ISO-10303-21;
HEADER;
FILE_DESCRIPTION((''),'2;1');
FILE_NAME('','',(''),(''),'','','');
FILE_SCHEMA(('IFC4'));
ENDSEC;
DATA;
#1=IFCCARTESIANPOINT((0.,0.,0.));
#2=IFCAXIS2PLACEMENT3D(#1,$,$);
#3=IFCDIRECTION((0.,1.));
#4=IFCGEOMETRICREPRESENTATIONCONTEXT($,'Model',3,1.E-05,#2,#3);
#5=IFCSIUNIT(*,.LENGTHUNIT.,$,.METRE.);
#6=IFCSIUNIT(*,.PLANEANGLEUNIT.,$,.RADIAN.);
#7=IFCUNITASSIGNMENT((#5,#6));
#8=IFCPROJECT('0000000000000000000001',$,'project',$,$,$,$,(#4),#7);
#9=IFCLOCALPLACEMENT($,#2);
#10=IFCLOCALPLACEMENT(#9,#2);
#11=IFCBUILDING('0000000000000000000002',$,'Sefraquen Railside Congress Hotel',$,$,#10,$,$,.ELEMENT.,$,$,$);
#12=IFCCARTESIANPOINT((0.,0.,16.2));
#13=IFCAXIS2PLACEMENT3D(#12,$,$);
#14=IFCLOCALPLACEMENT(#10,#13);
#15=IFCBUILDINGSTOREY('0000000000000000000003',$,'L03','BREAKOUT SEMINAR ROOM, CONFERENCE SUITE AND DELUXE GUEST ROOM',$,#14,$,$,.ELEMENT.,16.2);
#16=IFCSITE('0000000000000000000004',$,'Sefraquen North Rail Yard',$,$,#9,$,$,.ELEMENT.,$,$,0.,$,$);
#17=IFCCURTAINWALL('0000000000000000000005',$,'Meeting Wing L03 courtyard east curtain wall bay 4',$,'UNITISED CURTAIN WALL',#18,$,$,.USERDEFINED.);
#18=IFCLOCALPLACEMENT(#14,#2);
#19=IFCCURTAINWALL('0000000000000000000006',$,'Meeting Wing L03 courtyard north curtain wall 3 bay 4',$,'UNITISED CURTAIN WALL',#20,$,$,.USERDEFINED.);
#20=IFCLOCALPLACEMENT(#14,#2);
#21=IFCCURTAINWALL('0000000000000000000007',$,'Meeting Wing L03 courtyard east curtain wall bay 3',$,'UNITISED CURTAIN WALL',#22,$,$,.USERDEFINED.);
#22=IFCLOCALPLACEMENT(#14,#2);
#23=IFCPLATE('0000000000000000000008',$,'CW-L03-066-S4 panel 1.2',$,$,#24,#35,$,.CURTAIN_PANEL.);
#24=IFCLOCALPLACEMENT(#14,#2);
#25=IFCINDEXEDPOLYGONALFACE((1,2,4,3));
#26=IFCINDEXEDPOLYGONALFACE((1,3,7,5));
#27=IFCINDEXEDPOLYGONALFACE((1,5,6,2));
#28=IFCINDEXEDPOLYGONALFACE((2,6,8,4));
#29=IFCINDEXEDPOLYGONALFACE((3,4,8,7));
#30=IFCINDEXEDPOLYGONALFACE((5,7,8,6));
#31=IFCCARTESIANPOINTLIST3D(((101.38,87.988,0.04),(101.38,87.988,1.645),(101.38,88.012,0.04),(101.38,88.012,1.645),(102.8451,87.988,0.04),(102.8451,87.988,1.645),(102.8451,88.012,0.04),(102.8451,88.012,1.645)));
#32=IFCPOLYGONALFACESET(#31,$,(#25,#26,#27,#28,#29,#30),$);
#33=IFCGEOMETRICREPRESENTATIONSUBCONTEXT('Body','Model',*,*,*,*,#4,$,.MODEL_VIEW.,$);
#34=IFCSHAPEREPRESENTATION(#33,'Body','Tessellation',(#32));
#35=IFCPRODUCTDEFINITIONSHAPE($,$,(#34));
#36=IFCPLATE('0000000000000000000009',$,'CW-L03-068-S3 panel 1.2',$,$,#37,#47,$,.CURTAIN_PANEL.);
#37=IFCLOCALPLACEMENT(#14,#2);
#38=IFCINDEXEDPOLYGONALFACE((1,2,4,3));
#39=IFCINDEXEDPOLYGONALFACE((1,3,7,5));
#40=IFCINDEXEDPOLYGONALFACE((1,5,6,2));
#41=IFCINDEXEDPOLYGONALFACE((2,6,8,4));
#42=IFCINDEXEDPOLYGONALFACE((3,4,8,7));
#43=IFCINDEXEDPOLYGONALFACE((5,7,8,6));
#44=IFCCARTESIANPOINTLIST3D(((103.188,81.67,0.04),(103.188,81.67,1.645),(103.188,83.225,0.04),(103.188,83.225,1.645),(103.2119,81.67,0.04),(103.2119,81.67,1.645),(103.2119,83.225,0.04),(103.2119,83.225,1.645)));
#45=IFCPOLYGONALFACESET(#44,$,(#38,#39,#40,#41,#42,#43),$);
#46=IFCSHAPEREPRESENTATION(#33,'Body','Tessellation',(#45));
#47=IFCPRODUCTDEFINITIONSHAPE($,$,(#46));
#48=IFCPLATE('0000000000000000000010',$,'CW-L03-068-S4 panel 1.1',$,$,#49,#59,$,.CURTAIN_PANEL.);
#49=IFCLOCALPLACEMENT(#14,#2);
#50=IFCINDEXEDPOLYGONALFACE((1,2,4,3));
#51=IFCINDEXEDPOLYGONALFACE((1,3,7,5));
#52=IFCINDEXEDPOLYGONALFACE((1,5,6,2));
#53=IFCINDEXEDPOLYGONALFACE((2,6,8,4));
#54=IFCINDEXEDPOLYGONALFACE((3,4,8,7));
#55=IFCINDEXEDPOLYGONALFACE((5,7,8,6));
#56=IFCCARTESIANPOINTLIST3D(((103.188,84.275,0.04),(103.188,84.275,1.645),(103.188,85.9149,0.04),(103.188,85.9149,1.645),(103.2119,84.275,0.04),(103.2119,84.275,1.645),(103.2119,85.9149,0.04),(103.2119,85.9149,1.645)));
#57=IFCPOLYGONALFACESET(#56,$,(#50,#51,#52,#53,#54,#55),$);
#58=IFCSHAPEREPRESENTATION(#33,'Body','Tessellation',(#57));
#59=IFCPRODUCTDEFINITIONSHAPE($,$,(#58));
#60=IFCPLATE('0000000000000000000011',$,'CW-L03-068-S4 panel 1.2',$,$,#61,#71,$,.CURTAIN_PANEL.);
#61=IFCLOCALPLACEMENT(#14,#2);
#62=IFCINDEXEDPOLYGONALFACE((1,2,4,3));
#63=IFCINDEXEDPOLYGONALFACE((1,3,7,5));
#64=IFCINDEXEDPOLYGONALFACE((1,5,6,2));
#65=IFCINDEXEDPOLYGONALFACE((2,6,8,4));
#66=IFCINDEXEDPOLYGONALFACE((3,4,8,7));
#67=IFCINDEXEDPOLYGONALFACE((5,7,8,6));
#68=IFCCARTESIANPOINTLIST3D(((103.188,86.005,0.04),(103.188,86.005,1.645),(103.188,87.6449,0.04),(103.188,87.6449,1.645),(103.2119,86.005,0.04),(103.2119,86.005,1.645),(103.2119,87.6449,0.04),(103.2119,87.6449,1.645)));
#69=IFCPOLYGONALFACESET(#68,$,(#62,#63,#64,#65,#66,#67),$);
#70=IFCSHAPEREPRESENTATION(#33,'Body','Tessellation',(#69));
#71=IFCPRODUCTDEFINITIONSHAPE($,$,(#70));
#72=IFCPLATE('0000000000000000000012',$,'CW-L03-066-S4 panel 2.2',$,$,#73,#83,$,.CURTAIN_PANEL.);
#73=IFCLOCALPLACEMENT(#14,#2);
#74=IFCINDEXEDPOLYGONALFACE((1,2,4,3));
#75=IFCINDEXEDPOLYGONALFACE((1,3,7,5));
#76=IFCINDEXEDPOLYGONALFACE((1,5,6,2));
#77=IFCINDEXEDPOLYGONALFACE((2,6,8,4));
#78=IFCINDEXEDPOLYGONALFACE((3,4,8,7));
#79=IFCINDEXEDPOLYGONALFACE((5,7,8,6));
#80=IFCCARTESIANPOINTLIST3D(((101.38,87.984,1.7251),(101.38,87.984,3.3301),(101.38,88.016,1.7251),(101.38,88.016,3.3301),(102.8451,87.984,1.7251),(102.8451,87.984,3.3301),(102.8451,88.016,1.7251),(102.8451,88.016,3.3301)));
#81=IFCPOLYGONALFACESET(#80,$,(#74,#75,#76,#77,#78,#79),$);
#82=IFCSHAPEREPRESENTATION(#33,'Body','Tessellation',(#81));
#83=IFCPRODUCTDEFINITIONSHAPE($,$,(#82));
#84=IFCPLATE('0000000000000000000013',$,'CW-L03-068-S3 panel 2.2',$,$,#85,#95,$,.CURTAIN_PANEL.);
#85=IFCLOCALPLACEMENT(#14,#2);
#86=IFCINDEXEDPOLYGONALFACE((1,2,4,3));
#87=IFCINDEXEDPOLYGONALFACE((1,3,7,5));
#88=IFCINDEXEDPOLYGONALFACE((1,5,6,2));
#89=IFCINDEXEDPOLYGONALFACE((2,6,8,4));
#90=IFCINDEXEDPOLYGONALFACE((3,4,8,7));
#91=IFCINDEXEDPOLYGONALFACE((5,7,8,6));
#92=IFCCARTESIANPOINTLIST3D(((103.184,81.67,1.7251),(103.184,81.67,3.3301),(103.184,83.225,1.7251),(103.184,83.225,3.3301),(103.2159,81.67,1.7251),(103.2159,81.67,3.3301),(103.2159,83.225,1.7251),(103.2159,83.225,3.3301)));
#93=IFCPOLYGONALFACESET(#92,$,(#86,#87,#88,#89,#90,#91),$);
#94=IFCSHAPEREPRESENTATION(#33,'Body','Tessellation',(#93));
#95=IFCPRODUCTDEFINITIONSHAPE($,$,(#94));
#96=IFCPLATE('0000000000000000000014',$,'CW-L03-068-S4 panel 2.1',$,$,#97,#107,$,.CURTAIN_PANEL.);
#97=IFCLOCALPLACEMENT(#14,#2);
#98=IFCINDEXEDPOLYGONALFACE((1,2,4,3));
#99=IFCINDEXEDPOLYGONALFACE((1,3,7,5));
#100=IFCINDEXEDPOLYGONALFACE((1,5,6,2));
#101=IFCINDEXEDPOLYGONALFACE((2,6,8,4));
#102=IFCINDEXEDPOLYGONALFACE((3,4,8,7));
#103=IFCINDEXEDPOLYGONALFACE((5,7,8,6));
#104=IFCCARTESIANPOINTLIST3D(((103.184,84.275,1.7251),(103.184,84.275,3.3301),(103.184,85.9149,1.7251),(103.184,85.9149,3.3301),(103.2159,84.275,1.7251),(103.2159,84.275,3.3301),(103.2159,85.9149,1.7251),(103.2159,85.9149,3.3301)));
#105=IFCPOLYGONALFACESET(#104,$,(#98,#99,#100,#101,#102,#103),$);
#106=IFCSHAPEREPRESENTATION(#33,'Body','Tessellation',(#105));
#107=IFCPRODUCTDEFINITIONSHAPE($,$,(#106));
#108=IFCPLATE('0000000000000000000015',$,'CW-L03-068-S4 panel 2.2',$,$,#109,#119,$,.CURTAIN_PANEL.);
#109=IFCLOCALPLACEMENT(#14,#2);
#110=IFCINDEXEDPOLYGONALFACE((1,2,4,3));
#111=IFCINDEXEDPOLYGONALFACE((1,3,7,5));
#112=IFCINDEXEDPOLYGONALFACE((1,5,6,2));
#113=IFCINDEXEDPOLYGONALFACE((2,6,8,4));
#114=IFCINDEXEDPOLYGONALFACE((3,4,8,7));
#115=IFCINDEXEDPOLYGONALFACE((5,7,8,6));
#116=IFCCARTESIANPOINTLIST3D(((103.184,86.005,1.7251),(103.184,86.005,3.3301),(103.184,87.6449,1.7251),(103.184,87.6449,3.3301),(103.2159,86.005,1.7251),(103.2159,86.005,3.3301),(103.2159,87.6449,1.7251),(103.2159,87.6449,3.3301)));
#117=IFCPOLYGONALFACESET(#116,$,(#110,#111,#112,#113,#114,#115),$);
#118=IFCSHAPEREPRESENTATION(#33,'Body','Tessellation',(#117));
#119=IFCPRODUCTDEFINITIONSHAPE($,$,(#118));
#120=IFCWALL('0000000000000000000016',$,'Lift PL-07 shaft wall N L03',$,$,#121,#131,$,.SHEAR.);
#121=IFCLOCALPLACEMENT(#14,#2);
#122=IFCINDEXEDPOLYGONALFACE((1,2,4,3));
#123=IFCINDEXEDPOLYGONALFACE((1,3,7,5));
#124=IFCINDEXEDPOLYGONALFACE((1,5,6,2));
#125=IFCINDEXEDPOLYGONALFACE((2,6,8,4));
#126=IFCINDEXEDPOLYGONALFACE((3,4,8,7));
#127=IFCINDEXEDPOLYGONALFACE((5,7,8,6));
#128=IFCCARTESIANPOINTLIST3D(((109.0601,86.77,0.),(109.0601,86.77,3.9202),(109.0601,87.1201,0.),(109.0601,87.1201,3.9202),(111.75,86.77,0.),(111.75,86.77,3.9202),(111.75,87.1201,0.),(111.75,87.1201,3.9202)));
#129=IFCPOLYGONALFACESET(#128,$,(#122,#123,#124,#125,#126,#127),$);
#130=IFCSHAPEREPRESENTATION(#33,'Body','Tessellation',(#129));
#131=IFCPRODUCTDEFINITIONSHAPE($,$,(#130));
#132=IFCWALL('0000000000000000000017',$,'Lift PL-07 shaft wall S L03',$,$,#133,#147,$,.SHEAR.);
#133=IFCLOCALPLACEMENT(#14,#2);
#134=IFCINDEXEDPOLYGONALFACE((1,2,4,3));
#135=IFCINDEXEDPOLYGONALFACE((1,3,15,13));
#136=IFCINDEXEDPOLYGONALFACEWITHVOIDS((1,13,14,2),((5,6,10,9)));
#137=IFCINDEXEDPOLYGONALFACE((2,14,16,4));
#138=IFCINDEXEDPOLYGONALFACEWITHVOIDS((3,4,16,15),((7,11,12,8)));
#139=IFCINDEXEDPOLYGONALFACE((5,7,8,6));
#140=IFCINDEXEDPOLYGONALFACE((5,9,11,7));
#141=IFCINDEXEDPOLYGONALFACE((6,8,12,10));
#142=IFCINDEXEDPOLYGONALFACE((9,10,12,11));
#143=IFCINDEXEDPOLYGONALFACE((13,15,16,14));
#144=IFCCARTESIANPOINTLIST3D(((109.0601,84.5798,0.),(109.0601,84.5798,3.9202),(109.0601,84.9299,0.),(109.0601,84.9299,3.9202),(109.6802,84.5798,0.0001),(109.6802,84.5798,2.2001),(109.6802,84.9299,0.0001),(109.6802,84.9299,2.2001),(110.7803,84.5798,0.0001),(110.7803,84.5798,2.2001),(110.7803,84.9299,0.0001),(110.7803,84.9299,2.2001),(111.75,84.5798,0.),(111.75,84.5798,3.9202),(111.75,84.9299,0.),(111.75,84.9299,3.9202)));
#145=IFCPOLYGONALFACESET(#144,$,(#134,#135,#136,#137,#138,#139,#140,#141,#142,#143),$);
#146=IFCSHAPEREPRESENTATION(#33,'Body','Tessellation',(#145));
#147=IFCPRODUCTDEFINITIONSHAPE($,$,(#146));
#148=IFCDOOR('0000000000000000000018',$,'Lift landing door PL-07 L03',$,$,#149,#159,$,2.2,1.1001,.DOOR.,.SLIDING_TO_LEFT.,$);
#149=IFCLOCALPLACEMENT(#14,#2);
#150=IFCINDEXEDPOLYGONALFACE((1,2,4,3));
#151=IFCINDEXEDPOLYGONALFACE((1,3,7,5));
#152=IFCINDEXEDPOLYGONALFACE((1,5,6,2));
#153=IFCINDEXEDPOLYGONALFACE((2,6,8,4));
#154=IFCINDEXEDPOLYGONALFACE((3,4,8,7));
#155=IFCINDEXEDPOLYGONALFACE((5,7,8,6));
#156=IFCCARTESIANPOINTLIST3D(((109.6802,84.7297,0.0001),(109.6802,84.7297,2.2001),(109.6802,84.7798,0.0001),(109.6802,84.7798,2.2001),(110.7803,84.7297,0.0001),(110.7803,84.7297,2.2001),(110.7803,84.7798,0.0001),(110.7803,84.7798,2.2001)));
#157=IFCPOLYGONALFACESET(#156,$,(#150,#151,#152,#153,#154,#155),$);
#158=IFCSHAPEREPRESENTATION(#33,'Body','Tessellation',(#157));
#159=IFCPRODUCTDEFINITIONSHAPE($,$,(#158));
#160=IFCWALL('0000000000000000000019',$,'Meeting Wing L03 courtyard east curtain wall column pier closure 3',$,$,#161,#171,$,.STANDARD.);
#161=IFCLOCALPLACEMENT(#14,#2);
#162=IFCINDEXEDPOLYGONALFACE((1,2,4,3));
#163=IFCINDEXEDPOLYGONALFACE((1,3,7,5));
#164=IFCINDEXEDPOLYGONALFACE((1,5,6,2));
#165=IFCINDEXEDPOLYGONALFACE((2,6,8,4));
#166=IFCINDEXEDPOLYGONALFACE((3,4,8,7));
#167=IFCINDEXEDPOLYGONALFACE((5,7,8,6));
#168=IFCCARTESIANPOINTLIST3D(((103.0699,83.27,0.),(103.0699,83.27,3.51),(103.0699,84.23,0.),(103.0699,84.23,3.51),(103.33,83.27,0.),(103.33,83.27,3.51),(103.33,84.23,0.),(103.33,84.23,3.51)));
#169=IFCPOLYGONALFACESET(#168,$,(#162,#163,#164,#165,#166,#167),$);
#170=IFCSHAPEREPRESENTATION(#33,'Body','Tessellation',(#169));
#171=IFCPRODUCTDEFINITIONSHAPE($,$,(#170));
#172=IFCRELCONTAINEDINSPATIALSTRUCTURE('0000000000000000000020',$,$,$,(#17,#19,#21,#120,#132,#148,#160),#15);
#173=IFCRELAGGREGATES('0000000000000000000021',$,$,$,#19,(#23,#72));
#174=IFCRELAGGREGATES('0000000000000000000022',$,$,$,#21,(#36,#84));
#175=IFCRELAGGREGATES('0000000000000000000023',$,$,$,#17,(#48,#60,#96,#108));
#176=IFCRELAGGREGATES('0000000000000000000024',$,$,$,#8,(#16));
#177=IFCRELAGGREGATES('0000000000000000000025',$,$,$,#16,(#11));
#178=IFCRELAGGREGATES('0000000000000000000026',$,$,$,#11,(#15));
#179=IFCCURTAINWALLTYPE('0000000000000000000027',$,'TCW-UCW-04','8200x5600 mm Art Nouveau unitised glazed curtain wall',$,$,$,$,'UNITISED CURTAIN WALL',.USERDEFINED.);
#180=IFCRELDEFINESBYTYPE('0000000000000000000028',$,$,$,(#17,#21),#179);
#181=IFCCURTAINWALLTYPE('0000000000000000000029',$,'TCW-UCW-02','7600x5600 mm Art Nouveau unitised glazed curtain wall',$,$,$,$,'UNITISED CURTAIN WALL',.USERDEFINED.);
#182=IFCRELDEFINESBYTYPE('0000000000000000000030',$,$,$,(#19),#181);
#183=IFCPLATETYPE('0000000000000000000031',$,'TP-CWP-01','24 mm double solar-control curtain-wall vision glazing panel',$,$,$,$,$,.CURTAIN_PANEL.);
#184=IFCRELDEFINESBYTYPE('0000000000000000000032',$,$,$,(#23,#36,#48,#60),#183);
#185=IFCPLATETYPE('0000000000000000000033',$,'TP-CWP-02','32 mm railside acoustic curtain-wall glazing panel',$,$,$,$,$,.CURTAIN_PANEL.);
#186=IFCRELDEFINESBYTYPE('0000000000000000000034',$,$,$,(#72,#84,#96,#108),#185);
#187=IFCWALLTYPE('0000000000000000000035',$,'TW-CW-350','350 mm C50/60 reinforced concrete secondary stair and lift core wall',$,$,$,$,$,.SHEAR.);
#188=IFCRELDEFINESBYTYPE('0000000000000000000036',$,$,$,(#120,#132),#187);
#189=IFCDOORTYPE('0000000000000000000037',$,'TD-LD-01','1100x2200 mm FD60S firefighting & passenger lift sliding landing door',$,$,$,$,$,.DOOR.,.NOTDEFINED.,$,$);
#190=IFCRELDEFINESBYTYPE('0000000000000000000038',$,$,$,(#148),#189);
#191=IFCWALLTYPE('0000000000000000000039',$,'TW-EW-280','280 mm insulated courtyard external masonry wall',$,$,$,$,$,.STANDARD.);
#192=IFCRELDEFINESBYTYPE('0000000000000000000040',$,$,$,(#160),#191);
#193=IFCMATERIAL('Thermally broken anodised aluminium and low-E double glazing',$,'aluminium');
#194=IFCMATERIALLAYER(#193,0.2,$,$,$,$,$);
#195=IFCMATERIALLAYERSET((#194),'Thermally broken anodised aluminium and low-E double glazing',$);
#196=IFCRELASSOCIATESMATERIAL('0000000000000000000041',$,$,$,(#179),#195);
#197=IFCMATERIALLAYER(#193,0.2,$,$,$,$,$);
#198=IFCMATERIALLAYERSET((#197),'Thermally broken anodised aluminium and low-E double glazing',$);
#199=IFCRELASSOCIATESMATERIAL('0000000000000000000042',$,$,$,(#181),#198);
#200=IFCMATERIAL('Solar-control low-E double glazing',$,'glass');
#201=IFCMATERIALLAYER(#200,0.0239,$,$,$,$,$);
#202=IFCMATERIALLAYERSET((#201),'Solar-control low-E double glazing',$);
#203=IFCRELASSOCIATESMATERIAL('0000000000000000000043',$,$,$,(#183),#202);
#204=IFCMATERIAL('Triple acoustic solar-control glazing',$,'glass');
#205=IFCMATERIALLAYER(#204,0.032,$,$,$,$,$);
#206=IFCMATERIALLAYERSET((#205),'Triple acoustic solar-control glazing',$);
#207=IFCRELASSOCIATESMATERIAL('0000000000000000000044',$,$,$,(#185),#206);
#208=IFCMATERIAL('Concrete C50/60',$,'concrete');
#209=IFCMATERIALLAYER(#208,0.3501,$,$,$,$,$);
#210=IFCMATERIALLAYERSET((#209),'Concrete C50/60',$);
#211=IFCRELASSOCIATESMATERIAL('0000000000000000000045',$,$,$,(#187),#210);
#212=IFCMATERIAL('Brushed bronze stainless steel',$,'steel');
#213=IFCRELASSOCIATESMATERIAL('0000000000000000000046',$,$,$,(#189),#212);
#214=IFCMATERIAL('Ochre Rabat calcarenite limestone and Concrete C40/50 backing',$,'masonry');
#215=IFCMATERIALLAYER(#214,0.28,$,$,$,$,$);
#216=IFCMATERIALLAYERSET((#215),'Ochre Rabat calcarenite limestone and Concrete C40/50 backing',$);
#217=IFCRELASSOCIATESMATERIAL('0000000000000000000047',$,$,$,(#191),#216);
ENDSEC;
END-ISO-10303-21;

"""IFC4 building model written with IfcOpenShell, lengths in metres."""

from ifc_helpers import new_model, si_unit, direction, frame, frame_2d, origin, origin_2d, place, context, subcontext, project, spatial, rectangle, extrude, material, layer, layer_set, type_object, element, fill, aggregate, save


model = new_model("IFC4")

# Units and contexts
model_context = context("Model", 3, precision=1e-05, world=origin(), true_north=direction((0.0, 1.0)))
body_context = subcontext(model_context, "Body", "Model", "MODEL_VIEW")
ifc_project = project(units=[si_unit("LENGTHUNIT", "METRE"), si_unit("PLANEANGLEUNIT", "RADIAN")], contexts=[model_context])

# Site, building, storey
site_placement = place(None, origin())
site = spatial("IfcSite", under=ifc_project, at=site_placement, Name="Sefraquen North Rail Yard", CompositionType="ELEMENT", RefElevation=0.0)
building_placement = place(site_placement, origin())
building = spatial("IfcBuilding", under=site, at=building_placement, Name="Sefraquen Railside Congress Hotel", CompositionType="ELEMENT")
storey_placement = place(building_placement, frame((0.0, 0.0, 16.2)))
storey = spatial("IfcBuildingStorey", under=building, at=storey_placement, Name="L03", Description="BREAKOUT SEMINAR ROOM, CONFERENCE SUITE AND DELUXE GUEST ROOM", CompositionType="ELEMENT", Elevation=16.2)

# Shared definitions
ifc_material_1 = material(Name="Concrete C50/60", Category="concrete")

# Curtain walls
ifc_material_2 = material(Name="Thermally broken anodised aluminium and low-E double glazing", Category="aluminium")
ifc_layer_1 = layer(ifc_material_2, 0.2)
ifc_layer_set_1 = layer_set([ifc_layer_1], Name="Thermally broken anodised aluminium and low-E double glazing")
curtain_wall_type_1 = type_object("IfcCurtainWallType", Name="TCW-UCW-04", Description="8200x5600 mm Art Nouveau unitised glazed curtain wall", ElementType="UNITISED CURTAIN WALL", PredefinedType="USERDEFINED", material=ifc_layer_set_1)
curtain_wall_1_placement = place(storey_placement, origin())
curtain_wall_1 = element("IfcCurtainWall", 1, at=curtain_wall_1_placement, inside=storey, type_object=curtain_wall_type_1, Name="Meeting Wing L03 courtyard east curtain wall bay 4", ObjectType="UNITISED CURTAIN WALL", PredefinedType="USERDEFINED")
ifc_layer_2 = layer(ifc_material_2, 0.2)
ifc_layer_set_2 = layer_set([ifc_layer_2], Name="Thermally broken anodised aluminium and low-E double glazing")
curtain_wall_type_2 = type_object("IfcCurtainWallType", Name="TCW-UCW-02", Description="7600x5600 mm Art Nouveau unitised glazed curtain wall", ElementType="UNITISED CURTAIN WALL", PredefinedType="USERDEFINED", material=ifc_layer_set_2)
curtain_wall_2_placement = place(storey_placement, origin())
curtain_wall_2 = element("IfcCurtainWall", 2, at=curtain_wall_2_placement, inside=storey, type_object=curtain_wall_type_2, Name="Meeting Wing L03 courtyard north curtain wall 3 bay 4", ObjectType="UNITISED CURTAIN WALL", PredefinedType="USERDEFINED")
curtain_wall_3_placement = place(storey_placement, origin())
curtain_wall_3 = element("IfcCurtainWall", 3, at=curtain_wall_3_placement, inside=storey, type_object=curtain_wall_type_1, Name="Meeting Wing L03 courtyard east curtain wall bay 3", ObjectType="UNITISED CURTAIN WALL", PredefinedType="USERDEFINED")

# Plates
ifc_material_3 = material(Name="Solar-control low-E double glazing", Category="glass")
ifc_layer_3 = layer(ifc_material_3, 0.0239)
ifc_layer_set_3 = layer_set([ifc_layer_3], Name="Solar-control low-E double glazing")
plate_type_1 = type_object("IfcPlateType", Name="TP-CWP-01", Description="24 mm double solar-control curtain-wall vision glazing panel", PredefinedType="CURTAIN_PANEL", material=ifc_layer_set_3)
plate_1_placement = place(storey_placement, frame((102.1125, 88.0, 0.04), z_axis=(0.0, 0.0, 1.0), x_axis=(1.0, 0.0, 0.0)))
plate_1 = element("IfcPlate", 4, at=plate_1_placement, type_object=plate_type_1, Name="CW-L03-066-S4 panel 1.2", PredefinedType="CURTAIN_PANEL", context=body_context, shape_type="SweptSolid", body=[
    extrude(rectangle(XDim=1.4651, YDim=0.0239, at=origin_2d()), origin(), (0.0, 0.0, 1.0), 1.605),
])
plate_2_placement = place(storey_placement, frame((103.2, 82.4475, 0.04), z_axis=(0.0, 0.0, 1.0), x_axis=(0.0, 1.0, 0.0)))
plate_2 = element("IfcPlate", 5, at=plate_2_placement, type_object=plate_type_1, Name="CW-L03-068-S3 panel 1.2", PredefinedType="CURTAIN_PANEL", context=body_context, shape_type="SweptSolid", body=[
    extrude(rectangle(XDim=1.5549, YDim=0.0239, at=origin_2d()), origin(), (0.0, 0.0, 1.0), 1.605),
])
plate_3_placement = place(storey_placement, frame((103.2, 85.095, 0.04), z_axis=(0.0, 0.0, 1.0), x_axis=(0.0, 1.0, 0.0)))
plate_3 = element("IfcPlate", 6, at=plate_3_placement, type_object=plate_type_1, Name="CW-L03-068-S4 panel 1.1", PredefinedType="CURTAIN_PANEL", context=body_context, shape_type="SweptSolid", body=[
    extrude(rectangle(XDim=1.6399, YDim=0.0239, at=origin_2d()), origin(), (0.0, 0.0, 1.0), 1.605),
])
plate_4_placement = place(storey_placement, frame((103.2, 86.825, 0.04), z_axis=(0.0, 0.0, 1.0), x_axis=(0.0, 1.0, 0.0)))
plate_4 = element("IfcPlate", 7, at=plate_4_placement, type_object=plate_type_1, Name="CW-L03-068-S4 panel 1.2", PredefinedType="CURTAIN_PANEL", context=body_context, shape_type="SweptSolid", body=[
    extrude(rectangle(XDim=1.6399, YDim=0.0239, at=origin_2d()), origin(), (0.0, 0.0, 1.0), 1.605),
])
ifc_material_4 = material(Name="Triple acoustic solar-control glazing", Category="glass")
ifc_layer_4 = layer(ifc_material_4, 0.032)
ifc_layer_set_4 = layer_set([ifc_layer_4], Name="Triple acoustic solar-control glazing")
plate_type_2 = type_object("IfcPlateType", Name="TP-CWP-02", Description="32 mm railside acoustic curtain-wall glazing panel", PredefinedType="CURTAIN_PANEL", material=ifc_layer_set_4)
plate_5_placement = place(storey_placement, frame((102.1125, 88.0, 1.7251), z_axis=(0.0, 0.0, 1.0), x_axis=(1.0, 0.0, 0.0)))
plate_5 = element("IfcPlate", 8, at=plate_5_placement, type_object=plate_type_2, Name="CW-L03-066-S4 panel 2.2", PredefinedType="CURTAIN_PANEL", context=body_context, shape_type="SweptSolid", body=[
    extrude(rectangle(XDim=1.4651, YDim=0.032, at=origin_2d()), origin(), (0.0, 0.0, 1.0), 1.605),
])
aggregate(curtain_wall_2, [plate_1, plate_5])
plate_6_placement = place(storey_placement, frame((103.2, 82.4475, 1.7251), z_axis=(0.0, 0.0, 1.0), x_axis=(0.0, 1.0, 0.0)))
plate_6 = element("IfcPlate", 9, at=plate_6_placement, type_object=plate_type_2, Name="CW-L03-068-S3 panel 2.2", PredefinedType="CURTAIN_PANEL", context=body_context, shape_type="SweptSolid", body=[
    extrude(rectangle(XDim=1.5549, YDim=0.032, at=origin_2d()), origin(), (0.0, 0.0, 1.0), 1.605),
])
aggregate(curtain_wall_3, [plate_2, plate_6])
plate_7_placement = place(storey_placement, frame((103.2, 85.095, 1.7251), z_axis=(0.0, 0.0, 1.0), x_axis=(0.0, 1.0, 0.0)))
plate_7 = element("IfcPlate", 10, at=plate_7_placement, type_object=plate_type_2, Name="CW-L03-068-S4 panel 2.1", PredefinedType="CURTAIN_PANEL", context=body_context, shape_type="SweptSolid", body=[
    extrude(rectangle(XDim=1.6399, YDim=0.032, at=origin_2d()), origin(), (0.0, 0.0, 1.0), 1.605),
])
plate_8_placement = place(storey_placement, frame((103.2, 86.825, 1.7251), z_axis=(0.0, 0.0, 1.0), x_axis=(0.0, 1.0, 0.0)))
plate_8 = element("IfcPlate", 11, at=plate_8_placement, type_object=plate_type_2, Name="CW-L03-068-S4 panel 2.2", PredefinedType="CURTAIN_PANEL", context=body_context, shape_type="SweptSolid", body=[
    extrude(rectangle(XDim=1.6399, YDim=0.032, at=origin_2d()), origin(), (0.0, 0.0, 1.0), 1.605),
])
aggregate(curtain_wall_1, [plate_3, plate_4, plate_7, plate_8])

# Wall
ifc_layer_5 = layer(ifc_material_1, 0.3501)
ifc_layer_set_5 = layer_set([ifc_layer_5], Name="Concrete C50/60")
wall_type_1 = type_object("IfcWallType", Name="TW-CW-350", Description="350 mm C50/60 reinforced concrete secondary stair and lift core wall", PredefinedType="SHEAR", material=ifc_layer_set_5)
wall_1_placement = place(storey_placement, frame((109.0601, 86.9451, 0.0), z_axis=(0.0, 0.0, 1.0), x_axis=(1.0, 0.0, 0.0)))
element("IfcWall", 12, at=wall_1_placement, inside=storey, type_object=wall_type_1, Name="Lift PL-07 shaft wall N L03", PredefinedType="SHEAR", context=body_context, shape_type="SweptSolid", body=[
    extrude(rectangle(XDim=2.6899, YDim=0.3501, at=frame_2d((1.345, 0.0))), origin(), (0.0, 0.0, 1.0), 3.9202),
])

# Wall, opening, door
wall_2_placement = place(storey_placement, frame((109.0601, 84.7549, 0.0), z_axis=(0.0, 0.0, 1.0), x_axis=(1.0, 0.0, 0.0)))
wall_2 = element("IfcWall", 13, at=wall_2_placement, inside=storey, type_object=wall_type_1, Name="Lift PL-07 shaft wall S L03", PredefinedType="SHEAR", context=body_context, shape_type="SweptSolid", body=[
    extrude(rectangle(XDim=2.6899, YDim=0.3501, at=frame_2d((1.345, 0.0))), origin(), (0.0, 0.0, 1.0), 3.9202),
])
opening_placement = place(wall_2_placement, frame((0.6201, 0.0, 0.0)))
opening = element("IfcOpeningElement", 14, at=opening_placement, cuts=wall_2, PredefinedType="OPENING", context=body_context, shape_type="SweptSolid", body=[
    extrude(rectangle(XDim=1.1001, YDim=2.2, at=frame_2d((0.55, 1.1001))), frame((0.0, 0.1851, 0.0), z_axis=(0.0, -1.0, 0.0), x_axis=(1.0, 0.0, 0.0)), (0.0, 0.0, 1.0), 0.3701),
])
ifc_material_5 = material(Name="Brushed bronze stainless steel", Category="steel")
door_type = type_object("IfcDoorType", Name="TD-LD-01", Description="1100x2200 mm FD60S firefighting & passenger lift sliding landing door", OperationType="NOTDEFINED", PredefinedType="DOOR", material=ifc_material_5)
door_placement = place(opening_placement, origin())
door = element("IfcDoor", 15, at=door_placement, inside=storey, type_object=door_type, Name="Lift landing door PL-07 L03", OperationType="SLIDING_TO_LEFT", OverallHeight=2.2, OverallWidth=1.1001, PredefinedType="DOOR", context=body_context, shape_type="SweptSolid", body=[
    extrude(rectangle(XDim=1.1001, YDim=2.2, at=frame_2d((0.55, 1.1001))), frame((0.0, 0.0249, 0.0), z_axis=(0.0, -1.0, 0.0), x_axis=(1.0, 0.0, 0.0)), (0.0, 0.0, 1.0), 0.05),
])
fill(opening, door)

# Wall
ifc_material_6 = material(Name="Ochre Rabat calcarenite limestone and Concrete C40/50 backing", Category="masonry")
ifc_layer_6 = layer(ifc_material_6, 0.28)
ifc_layer_set_6 = layer_set([ifc_layer_6], Name="Ochre Rabat calcarenite limestone and Concrete C40/50 backing")
wall_type_2 = type_object("IfcWallType", Name="TW-EW-280", Description="280 mm insulated courtyard external masonry wall", PredefinedType="STANDARD", material=ifc_layer_set_6)
wall_3_placement = place(storey_placement, frame((103.2, 83.27, 0.0), z_axis=(0.0, 0.0, 1.0), x_axis=(0.0, 1.0, 0.0)))
element("IfcWall", 16, at=wall_3_placement, inside=storey, type_object=wall_type_2, Name="Meeting Wing L03 courtyard east curtain wall column pier closure 3", PredefinedType="STANDARD", context=body_context, shape_type="SweptSolid", body=[
    extrude(rectangle(XDim=0.96, YDim=0.26, at=frame_2d((0.48, 0.0))), origin(), (0.0, 0.0, 1.0), 3.51),
])

save(model, "model.ifc")
